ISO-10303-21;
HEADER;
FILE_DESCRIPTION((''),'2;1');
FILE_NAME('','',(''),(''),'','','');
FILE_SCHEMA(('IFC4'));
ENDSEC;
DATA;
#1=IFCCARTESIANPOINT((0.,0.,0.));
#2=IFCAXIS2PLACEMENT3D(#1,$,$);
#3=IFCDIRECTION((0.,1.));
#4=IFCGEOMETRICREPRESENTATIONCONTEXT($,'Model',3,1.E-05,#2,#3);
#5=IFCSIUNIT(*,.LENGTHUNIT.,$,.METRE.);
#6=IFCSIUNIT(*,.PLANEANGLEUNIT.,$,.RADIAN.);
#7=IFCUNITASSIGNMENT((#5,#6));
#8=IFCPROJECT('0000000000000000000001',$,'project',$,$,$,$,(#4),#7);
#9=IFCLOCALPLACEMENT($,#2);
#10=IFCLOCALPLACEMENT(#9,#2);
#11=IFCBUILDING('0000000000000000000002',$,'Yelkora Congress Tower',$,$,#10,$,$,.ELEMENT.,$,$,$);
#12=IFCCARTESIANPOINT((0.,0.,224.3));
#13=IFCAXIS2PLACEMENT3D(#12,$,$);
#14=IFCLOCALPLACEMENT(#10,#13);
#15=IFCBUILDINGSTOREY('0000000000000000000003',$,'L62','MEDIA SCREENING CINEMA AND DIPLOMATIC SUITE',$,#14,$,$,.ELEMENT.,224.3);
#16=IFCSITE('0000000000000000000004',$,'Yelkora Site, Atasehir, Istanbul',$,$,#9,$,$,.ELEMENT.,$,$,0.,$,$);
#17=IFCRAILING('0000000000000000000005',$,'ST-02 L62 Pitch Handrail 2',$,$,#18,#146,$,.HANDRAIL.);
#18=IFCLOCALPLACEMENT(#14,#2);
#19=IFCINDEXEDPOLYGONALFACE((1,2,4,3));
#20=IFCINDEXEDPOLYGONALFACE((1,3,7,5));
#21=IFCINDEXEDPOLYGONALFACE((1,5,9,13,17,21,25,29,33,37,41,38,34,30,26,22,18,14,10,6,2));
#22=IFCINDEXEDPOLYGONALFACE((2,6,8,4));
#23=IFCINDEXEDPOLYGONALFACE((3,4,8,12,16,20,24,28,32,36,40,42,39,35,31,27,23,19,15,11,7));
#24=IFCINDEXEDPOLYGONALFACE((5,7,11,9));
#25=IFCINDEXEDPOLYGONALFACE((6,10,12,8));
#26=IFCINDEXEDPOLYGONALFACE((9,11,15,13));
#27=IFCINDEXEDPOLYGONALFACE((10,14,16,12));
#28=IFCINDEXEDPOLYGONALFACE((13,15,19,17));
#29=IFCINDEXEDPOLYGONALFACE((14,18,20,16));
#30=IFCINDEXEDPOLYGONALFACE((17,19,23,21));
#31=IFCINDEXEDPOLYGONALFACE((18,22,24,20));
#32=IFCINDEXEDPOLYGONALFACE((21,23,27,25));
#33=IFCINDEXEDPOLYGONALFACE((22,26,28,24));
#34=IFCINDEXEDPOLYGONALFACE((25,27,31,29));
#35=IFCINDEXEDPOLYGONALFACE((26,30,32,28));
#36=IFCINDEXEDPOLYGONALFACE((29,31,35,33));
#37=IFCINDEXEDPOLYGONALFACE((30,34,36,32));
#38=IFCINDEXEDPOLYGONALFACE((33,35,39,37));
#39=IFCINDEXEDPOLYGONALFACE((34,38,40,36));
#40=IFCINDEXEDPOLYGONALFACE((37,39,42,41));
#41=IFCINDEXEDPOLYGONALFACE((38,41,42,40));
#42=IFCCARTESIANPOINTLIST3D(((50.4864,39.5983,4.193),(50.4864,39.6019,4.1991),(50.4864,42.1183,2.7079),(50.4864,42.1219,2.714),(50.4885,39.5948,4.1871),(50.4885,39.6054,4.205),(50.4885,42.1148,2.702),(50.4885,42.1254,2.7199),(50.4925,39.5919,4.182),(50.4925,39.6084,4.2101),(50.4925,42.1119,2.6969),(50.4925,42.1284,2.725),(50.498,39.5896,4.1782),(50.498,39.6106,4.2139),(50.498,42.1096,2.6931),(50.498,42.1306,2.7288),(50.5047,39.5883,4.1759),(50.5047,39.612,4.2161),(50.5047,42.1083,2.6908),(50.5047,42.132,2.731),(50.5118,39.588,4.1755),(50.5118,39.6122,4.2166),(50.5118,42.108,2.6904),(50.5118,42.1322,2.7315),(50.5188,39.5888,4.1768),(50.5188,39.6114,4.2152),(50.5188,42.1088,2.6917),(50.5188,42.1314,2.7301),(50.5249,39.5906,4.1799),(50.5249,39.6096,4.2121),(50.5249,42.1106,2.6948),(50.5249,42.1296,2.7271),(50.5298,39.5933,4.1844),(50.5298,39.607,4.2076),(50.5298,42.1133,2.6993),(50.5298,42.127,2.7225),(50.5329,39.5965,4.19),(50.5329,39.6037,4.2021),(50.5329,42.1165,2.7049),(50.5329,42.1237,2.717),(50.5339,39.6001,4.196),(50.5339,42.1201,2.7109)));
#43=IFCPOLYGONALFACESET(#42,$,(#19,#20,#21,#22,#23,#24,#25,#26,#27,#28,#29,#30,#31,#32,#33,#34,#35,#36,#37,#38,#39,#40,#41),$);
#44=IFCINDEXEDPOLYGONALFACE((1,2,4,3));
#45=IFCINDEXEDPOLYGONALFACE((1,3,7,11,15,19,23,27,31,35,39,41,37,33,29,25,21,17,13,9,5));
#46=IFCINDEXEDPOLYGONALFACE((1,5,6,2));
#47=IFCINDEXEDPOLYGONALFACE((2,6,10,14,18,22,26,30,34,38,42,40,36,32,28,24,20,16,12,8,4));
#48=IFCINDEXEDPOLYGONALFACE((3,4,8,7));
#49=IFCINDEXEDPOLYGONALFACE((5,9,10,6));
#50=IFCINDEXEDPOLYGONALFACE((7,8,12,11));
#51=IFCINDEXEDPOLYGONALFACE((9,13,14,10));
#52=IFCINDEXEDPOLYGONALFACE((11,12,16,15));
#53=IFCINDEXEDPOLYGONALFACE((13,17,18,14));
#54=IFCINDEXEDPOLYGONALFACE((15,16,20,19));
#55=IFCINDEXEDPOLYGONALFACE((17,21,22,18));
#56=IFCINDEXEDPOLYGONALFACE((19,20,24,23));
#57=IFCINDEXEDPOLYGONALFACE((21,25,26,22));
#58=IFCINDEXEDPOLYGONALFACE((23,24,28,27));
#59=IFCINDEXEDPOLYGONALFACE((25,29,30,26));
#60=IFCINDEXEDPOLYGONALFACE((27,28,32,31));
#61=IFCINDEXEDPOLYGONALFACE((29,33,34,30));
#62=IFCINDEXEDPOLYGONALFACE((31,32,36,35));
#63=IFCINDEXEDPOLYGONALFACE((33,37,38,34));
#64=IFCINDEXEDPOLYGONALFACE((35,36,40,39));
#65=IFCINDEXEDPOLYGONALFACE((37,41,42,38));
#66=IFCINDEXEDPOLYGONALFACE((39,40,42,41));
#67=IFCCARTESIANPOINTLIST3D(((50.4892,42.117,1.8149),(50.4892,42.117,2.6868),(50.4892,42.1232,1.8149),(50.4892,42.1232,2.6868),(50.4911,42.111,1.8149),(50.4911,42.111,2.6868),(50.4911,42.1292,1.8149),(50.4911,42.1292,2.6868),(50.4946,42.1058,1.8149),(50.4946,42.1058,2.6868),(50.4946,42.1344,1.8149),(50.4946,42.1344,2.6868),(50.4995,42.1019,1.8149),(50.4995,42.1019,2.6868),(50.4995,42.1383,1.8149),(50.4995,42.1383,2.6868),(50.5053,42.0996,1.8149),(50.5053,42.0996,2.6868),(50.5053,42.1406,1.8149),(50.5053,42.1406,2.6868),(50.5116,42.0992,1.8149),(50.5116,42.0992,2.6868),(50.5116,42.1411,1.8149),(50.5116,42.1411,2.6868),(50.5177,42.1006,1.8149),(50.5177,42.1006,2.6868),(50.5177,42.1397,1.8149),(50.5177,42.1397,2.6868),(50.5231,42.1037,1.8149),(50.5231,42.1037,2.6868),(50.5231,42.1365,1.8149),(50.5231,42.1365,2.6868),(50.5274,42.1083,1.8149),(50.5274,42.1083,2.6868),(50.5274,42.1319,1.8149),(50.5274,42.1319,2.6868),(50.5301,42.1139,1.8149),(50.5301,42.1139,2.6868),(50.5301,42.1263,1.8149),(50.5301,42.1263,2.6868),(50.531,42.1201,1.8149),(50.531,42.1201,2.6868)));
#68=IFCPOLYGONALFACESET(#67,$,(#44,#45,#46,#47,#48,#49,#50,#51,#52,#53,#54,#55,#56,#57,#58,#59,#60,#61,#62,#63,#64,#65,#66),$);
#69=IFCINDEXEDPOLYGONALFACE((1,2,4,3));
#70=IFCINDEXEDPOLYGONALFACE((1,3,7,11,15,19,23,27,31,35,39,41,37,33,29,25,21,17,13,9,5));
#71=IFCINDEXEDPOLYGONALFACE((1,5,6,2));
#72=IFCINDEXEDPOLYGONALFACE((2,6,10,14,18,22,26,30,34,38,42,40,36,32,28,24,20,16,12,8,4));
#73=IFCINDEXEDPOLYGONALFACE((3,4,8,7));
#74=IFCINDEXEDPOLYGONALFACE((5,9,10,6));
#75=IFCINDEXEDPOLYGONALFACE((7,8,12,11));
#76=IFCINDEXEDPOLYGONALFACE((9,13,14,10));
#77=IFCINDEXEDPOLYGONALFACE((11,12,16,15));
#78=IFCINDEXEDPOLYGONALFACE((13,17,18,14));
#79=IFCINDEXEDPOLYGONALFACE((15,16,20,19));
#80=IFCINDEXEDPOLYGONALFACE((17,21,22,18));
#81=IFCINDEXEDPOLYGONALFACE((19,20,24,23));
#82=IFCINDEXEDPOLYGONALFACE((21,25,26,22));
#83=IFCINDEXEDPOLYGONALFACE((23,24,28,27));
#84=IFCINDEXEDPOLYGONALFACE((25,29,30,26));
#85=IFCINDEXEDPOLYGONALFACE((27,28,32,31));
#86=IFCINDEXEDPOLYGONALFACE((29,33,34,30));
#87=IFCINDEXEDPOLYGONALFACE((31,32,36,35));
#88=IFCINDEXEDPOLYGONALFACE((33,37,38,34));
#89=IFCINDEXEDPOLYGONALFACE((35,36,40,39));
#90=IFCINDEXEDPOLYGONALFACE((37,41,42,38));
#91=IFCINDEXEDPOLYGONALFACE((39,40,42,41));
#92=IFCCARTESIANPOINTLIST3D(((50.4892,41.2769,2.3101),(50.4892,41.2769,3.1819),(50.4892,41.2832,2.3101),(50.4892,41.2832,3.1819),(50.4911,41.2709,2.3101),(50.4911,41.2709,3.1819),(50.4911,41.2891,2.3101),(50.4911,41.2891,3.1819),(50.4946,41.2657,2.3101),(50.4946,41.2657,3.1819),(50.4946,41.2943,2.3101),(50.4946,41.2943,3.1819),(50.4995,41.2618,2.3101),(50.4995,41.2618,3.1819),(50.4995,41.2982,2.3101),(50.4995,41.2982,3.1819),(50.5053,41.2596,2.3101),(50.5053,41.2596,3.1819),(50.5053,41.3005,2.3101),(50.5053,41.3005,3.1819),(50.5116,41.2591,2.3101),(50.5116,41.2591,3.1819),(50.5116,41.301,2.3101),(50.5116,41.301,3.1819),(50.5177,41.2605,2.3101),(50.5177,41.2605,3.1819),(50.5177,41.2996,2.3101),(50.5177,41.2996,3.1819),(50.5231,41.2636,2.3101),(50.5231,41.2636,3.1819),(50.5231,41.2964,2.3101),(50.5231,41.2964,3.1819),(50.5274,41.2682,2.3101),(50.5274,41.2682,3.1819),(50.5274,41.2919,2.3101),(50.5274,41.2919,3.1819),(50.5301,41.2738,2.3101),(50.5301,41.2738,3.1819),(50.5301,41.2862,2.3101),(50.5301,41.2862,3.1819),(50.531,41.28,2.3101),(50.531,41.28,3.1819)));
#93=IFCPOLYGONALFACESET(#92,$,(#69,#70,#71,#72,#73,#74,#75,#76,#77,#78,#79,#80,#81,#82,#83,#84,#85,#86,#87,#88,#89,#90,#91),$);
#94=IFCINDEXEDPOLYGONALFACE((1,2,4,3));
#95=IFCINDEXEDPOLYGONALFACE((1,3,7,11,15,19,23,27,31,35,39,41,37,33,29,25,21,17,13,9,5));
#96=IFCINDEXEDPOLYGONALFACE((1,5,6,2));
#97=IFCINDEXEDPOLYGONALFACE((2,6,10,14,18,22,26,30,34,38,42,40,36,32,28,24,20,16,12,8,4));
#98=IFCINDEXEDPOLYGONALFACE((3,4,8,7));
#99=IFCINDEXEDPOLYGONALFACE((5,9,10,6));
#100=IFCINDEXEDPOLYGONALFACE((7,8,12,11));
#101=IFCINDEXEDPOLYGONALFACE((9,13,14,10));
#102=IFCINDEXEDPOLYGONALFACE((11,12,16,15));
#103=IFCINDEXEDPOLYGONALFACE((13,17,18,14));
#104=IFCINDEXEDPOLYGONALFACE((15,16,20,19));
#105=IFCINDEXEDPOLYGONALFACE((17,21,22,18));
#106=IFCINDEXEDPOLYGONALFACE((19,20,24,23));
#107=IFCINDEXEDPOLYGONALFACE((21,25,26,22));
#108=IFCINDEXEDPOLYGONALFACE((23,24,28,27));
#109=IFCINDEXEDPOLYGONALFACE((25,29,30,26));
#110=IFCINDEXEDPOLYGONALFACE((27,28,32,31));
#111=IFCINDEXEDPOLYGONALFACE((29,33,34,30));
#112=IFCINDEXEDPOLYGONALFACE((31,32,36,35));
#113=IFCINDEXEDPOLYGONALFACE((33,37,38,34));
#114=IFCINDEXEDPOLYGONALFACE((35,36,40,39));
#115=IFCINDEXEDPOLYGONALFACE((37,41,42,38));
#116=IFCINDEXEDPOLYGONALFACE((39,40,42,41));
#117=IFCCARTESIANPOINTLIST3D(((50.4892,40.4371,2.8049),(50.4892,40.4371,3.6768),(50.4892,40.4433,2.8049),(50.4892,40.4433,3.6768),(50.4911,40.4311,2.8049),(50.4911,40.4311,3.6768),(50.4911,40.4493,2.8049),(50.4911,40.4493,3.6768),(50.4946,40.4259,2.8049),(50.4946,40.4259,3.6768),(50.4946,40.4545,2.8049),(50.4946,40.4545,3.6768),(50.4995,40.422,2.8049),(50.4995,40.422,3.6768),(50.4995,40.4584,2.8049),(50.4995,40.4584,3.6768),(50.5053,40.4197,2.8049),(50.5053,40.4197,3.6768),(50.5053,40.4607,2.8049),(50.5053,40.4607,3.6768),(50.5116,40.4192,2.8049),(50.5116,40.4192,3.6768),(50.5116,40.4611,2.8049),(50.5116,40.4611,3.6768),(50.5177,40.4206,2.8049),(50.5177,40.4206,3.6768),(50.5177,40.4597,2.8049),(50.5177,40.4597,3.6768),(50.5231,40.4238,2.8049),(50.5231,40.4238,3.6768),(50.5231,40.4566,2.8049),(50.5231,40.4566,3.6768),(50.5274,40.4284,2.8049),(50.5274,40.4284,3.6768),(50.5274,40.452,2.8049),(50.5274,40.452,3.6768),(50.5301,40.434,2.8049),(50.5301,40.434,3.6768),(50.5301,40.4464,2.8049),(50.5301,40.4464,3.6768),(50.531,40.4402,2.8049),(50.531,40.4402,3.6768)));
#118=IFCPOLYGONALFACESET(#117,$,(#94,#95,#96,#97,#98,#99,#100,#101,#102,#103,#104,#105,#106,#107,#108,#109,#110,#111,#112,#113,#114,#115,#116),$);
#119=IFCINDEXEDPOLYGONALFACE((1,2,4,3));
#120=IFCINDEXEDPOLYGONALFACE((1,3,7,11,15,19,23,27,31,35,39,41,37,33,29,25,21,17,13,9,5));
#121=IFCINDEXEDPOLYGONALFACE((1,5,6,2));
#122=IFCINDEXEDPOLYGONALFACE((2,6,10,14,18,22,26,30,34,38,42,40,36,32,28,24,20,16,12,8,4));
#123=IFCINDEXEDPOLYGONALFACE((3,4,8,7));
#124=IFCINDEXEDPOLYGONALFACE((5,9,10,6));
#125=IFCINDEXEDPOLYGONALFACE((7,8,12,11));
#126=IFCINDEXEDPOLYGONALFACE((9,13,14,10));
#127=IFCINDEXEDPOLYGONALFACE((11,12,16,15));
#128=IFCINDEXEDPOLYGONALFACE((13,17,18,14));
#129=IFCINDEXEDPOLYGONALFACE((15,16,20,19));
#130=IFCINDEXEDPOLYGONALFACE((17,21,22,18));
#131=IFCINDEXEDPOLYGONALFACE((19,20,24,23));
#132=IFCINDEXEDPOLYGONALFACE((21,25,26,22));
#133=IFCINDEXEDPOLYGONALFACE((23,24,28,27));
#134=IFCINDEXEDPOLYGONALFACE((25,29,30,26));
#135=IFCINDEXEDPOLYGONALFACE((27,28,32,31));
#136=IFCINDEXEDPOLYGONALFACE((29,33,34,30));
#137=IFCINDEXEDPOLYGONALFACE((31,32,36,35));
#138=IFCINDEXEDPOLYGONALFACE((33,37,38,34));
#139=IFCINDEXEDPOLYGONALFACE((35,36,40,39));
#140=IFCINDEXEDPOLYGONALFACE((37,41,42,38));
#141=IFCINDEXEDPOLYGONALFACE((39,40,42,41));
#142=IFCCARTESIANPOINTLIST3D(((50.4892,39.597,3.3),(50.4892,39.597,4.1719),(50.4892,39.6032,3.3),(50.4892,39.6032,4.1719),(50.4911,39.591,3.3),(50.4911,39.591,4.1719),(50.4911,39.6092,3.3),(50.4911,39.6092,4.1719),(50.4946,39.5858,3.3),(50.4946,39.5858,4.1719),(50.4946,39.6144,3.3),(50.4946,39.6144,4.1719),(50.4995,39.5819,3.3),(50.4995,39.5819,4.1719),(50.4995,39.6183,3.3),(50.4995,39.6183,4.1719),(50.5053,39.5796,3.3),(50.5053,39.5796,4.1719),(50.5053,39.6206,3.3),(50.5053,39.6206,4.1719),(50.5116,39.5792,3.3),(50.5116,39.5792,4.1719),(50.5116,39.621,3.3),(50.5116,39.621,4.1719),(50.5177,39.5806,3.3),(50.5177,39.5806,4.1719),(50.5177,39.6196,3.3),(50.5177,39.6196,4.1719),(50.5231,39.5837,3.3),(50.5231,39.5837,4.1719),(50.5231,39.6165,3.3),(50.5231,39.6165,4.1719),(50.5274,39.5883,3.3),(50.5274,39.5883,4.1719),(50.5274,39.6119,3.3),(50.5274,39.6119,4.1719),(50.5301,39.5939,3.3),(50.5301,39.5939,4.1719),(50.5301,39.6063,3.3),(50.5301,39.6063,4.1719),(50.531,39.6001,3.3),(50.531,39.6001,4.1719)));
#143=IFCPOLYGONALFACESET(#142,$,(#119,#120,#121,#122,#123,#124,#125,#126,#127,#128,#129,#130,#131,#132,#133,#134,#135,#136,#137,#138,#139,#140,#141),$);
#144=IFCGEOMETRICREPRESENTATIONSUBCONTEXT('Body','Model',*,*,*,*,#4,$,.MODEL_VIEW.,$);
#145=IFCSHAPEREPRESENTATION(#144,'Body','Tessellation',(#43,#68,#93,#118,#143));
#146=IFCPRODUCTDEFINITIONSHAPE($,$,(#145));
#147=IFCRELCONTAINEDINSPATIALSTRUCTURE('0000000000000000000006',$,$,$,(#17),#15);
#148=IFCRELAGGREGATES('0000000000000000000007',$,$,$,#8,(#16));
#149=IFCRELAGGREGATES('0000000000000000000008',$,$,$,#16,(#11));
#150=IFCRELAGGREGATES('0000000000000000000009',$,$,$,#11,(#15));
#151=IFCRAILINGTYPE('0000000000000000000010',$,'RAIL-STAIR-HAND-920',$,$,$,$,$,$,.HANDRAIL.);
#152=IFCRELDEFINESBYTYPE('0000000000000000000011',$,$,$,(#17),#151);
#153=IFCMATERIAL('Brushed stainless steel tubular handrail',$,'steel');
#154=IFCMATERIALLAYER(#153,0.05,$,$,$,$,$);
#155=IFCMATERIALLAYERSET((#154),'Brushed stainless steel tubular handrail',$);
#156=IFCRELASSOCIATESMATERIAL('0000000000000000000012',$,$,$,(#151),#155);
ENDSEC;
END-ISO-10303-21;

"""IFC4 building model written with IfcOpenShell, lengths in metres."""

from ifc_helpers import new_model, si_unit, direction, frame, origin, origin_2d, place, context, subcontext, project, spatial, circle, extrude, material, layer, layer_set, type_object, element, save


model = new_model("IFC4")

# Units and contexts
model_context = context("Model", 3, precision=1e-05, world=origin(), true_north=direction((0.0, 1.0)))
body_context = subcontext(model_context, "Body", "Model", "MODEL_VIEW")
ifc_project = project(units=[si_unit("LENGTHUNIT", "METRE"), si_unit("PLANEANGLEUNIT", "RADIAN")], contexts=[model_context])

# Site, building, storey
site_placement = place(None, origin())
site = spatial("IfcSite", under=ifc_project, at=site_placement, Name="Yelkora Site, Atasehir, Istanbul", CompositionType="ELEMENT", RefElevation=0.0)
building_placement = place(site_placement, origin())
building = spatial("IfcBuilding", under=site, at=building_placement, Name="Yelkora Congress Tower", CompositionType="ELEMENT")
storey_placement = place(building_placement, frame((0.0, 0.0, 224.3)))
storey = spatial("IfcBuildingStorey", under=building, at=storey_placement, Name="L62", Description="MEDIA SCREENING CINEMA AND DIPLOMATIC SUITE", CompositionType="ELEMENT", Elevation=224.3)

# Railing
ifc_material_1 = material(Name="Brushed stainless steel tubular handrail", Category="steel")
ifc_layer_1 = layer(ifc_material_1, 0.05)
ifc_layer_set_1 = layer_set([ifc_layer_1], Name="Brushed stainless steel tubular handrail")
railing_type_1 = type_object("IfcRailingType", Name="RAIL-STAIR-HAND-920", PredefinedType="HANDRAIL", material=ifc_layer_set_1)
railing_1_placement = place(storey_placement, frame((50.51, 42.1201, 1.8149)))
element("IfcRailing", 1, at=railing_1_placement, inside=storey, type_object=railing_type_1, Name="ST-02 L62 Pitch Handrail 2", PredefinedType="HANDRAIL", context=body_context, shape_type="SweptSolid", body=[
    extrude(circle(Radius=0.0239, at=origin_2d()), frame((0.0, 0.0, 0.896), z_axis=(0.0, -0.861524, 0.507717), x_axis=(1.0, 0.0, 0.0)), (0.0, 0.0, 1.0), 2.925),
    extrude(circle(Radius=0.021, at=origin_2d()), origin(), (0.0, 0.0, 1.0), 0.8718),
    extrude(circle(Radius=0.021, at=origin_2d()), frame((0.0, -0.8401, 0.4951)), (0.0, 0.0, 1.0), 0.8718),
    extrude(circle(Radius=0.021, at=origin_2d()), frame((0.0, -1.6799, 0.99)), (0.0, 0.0, 1.0), 0.8718),
    extrude(circle(Radius=0.021, at=origin_2d()), frame((0.0, -2.52, 1.4851)), (0.0, 0.0, 1.0), 0.8718),
])

save(model, "model.ifc")
